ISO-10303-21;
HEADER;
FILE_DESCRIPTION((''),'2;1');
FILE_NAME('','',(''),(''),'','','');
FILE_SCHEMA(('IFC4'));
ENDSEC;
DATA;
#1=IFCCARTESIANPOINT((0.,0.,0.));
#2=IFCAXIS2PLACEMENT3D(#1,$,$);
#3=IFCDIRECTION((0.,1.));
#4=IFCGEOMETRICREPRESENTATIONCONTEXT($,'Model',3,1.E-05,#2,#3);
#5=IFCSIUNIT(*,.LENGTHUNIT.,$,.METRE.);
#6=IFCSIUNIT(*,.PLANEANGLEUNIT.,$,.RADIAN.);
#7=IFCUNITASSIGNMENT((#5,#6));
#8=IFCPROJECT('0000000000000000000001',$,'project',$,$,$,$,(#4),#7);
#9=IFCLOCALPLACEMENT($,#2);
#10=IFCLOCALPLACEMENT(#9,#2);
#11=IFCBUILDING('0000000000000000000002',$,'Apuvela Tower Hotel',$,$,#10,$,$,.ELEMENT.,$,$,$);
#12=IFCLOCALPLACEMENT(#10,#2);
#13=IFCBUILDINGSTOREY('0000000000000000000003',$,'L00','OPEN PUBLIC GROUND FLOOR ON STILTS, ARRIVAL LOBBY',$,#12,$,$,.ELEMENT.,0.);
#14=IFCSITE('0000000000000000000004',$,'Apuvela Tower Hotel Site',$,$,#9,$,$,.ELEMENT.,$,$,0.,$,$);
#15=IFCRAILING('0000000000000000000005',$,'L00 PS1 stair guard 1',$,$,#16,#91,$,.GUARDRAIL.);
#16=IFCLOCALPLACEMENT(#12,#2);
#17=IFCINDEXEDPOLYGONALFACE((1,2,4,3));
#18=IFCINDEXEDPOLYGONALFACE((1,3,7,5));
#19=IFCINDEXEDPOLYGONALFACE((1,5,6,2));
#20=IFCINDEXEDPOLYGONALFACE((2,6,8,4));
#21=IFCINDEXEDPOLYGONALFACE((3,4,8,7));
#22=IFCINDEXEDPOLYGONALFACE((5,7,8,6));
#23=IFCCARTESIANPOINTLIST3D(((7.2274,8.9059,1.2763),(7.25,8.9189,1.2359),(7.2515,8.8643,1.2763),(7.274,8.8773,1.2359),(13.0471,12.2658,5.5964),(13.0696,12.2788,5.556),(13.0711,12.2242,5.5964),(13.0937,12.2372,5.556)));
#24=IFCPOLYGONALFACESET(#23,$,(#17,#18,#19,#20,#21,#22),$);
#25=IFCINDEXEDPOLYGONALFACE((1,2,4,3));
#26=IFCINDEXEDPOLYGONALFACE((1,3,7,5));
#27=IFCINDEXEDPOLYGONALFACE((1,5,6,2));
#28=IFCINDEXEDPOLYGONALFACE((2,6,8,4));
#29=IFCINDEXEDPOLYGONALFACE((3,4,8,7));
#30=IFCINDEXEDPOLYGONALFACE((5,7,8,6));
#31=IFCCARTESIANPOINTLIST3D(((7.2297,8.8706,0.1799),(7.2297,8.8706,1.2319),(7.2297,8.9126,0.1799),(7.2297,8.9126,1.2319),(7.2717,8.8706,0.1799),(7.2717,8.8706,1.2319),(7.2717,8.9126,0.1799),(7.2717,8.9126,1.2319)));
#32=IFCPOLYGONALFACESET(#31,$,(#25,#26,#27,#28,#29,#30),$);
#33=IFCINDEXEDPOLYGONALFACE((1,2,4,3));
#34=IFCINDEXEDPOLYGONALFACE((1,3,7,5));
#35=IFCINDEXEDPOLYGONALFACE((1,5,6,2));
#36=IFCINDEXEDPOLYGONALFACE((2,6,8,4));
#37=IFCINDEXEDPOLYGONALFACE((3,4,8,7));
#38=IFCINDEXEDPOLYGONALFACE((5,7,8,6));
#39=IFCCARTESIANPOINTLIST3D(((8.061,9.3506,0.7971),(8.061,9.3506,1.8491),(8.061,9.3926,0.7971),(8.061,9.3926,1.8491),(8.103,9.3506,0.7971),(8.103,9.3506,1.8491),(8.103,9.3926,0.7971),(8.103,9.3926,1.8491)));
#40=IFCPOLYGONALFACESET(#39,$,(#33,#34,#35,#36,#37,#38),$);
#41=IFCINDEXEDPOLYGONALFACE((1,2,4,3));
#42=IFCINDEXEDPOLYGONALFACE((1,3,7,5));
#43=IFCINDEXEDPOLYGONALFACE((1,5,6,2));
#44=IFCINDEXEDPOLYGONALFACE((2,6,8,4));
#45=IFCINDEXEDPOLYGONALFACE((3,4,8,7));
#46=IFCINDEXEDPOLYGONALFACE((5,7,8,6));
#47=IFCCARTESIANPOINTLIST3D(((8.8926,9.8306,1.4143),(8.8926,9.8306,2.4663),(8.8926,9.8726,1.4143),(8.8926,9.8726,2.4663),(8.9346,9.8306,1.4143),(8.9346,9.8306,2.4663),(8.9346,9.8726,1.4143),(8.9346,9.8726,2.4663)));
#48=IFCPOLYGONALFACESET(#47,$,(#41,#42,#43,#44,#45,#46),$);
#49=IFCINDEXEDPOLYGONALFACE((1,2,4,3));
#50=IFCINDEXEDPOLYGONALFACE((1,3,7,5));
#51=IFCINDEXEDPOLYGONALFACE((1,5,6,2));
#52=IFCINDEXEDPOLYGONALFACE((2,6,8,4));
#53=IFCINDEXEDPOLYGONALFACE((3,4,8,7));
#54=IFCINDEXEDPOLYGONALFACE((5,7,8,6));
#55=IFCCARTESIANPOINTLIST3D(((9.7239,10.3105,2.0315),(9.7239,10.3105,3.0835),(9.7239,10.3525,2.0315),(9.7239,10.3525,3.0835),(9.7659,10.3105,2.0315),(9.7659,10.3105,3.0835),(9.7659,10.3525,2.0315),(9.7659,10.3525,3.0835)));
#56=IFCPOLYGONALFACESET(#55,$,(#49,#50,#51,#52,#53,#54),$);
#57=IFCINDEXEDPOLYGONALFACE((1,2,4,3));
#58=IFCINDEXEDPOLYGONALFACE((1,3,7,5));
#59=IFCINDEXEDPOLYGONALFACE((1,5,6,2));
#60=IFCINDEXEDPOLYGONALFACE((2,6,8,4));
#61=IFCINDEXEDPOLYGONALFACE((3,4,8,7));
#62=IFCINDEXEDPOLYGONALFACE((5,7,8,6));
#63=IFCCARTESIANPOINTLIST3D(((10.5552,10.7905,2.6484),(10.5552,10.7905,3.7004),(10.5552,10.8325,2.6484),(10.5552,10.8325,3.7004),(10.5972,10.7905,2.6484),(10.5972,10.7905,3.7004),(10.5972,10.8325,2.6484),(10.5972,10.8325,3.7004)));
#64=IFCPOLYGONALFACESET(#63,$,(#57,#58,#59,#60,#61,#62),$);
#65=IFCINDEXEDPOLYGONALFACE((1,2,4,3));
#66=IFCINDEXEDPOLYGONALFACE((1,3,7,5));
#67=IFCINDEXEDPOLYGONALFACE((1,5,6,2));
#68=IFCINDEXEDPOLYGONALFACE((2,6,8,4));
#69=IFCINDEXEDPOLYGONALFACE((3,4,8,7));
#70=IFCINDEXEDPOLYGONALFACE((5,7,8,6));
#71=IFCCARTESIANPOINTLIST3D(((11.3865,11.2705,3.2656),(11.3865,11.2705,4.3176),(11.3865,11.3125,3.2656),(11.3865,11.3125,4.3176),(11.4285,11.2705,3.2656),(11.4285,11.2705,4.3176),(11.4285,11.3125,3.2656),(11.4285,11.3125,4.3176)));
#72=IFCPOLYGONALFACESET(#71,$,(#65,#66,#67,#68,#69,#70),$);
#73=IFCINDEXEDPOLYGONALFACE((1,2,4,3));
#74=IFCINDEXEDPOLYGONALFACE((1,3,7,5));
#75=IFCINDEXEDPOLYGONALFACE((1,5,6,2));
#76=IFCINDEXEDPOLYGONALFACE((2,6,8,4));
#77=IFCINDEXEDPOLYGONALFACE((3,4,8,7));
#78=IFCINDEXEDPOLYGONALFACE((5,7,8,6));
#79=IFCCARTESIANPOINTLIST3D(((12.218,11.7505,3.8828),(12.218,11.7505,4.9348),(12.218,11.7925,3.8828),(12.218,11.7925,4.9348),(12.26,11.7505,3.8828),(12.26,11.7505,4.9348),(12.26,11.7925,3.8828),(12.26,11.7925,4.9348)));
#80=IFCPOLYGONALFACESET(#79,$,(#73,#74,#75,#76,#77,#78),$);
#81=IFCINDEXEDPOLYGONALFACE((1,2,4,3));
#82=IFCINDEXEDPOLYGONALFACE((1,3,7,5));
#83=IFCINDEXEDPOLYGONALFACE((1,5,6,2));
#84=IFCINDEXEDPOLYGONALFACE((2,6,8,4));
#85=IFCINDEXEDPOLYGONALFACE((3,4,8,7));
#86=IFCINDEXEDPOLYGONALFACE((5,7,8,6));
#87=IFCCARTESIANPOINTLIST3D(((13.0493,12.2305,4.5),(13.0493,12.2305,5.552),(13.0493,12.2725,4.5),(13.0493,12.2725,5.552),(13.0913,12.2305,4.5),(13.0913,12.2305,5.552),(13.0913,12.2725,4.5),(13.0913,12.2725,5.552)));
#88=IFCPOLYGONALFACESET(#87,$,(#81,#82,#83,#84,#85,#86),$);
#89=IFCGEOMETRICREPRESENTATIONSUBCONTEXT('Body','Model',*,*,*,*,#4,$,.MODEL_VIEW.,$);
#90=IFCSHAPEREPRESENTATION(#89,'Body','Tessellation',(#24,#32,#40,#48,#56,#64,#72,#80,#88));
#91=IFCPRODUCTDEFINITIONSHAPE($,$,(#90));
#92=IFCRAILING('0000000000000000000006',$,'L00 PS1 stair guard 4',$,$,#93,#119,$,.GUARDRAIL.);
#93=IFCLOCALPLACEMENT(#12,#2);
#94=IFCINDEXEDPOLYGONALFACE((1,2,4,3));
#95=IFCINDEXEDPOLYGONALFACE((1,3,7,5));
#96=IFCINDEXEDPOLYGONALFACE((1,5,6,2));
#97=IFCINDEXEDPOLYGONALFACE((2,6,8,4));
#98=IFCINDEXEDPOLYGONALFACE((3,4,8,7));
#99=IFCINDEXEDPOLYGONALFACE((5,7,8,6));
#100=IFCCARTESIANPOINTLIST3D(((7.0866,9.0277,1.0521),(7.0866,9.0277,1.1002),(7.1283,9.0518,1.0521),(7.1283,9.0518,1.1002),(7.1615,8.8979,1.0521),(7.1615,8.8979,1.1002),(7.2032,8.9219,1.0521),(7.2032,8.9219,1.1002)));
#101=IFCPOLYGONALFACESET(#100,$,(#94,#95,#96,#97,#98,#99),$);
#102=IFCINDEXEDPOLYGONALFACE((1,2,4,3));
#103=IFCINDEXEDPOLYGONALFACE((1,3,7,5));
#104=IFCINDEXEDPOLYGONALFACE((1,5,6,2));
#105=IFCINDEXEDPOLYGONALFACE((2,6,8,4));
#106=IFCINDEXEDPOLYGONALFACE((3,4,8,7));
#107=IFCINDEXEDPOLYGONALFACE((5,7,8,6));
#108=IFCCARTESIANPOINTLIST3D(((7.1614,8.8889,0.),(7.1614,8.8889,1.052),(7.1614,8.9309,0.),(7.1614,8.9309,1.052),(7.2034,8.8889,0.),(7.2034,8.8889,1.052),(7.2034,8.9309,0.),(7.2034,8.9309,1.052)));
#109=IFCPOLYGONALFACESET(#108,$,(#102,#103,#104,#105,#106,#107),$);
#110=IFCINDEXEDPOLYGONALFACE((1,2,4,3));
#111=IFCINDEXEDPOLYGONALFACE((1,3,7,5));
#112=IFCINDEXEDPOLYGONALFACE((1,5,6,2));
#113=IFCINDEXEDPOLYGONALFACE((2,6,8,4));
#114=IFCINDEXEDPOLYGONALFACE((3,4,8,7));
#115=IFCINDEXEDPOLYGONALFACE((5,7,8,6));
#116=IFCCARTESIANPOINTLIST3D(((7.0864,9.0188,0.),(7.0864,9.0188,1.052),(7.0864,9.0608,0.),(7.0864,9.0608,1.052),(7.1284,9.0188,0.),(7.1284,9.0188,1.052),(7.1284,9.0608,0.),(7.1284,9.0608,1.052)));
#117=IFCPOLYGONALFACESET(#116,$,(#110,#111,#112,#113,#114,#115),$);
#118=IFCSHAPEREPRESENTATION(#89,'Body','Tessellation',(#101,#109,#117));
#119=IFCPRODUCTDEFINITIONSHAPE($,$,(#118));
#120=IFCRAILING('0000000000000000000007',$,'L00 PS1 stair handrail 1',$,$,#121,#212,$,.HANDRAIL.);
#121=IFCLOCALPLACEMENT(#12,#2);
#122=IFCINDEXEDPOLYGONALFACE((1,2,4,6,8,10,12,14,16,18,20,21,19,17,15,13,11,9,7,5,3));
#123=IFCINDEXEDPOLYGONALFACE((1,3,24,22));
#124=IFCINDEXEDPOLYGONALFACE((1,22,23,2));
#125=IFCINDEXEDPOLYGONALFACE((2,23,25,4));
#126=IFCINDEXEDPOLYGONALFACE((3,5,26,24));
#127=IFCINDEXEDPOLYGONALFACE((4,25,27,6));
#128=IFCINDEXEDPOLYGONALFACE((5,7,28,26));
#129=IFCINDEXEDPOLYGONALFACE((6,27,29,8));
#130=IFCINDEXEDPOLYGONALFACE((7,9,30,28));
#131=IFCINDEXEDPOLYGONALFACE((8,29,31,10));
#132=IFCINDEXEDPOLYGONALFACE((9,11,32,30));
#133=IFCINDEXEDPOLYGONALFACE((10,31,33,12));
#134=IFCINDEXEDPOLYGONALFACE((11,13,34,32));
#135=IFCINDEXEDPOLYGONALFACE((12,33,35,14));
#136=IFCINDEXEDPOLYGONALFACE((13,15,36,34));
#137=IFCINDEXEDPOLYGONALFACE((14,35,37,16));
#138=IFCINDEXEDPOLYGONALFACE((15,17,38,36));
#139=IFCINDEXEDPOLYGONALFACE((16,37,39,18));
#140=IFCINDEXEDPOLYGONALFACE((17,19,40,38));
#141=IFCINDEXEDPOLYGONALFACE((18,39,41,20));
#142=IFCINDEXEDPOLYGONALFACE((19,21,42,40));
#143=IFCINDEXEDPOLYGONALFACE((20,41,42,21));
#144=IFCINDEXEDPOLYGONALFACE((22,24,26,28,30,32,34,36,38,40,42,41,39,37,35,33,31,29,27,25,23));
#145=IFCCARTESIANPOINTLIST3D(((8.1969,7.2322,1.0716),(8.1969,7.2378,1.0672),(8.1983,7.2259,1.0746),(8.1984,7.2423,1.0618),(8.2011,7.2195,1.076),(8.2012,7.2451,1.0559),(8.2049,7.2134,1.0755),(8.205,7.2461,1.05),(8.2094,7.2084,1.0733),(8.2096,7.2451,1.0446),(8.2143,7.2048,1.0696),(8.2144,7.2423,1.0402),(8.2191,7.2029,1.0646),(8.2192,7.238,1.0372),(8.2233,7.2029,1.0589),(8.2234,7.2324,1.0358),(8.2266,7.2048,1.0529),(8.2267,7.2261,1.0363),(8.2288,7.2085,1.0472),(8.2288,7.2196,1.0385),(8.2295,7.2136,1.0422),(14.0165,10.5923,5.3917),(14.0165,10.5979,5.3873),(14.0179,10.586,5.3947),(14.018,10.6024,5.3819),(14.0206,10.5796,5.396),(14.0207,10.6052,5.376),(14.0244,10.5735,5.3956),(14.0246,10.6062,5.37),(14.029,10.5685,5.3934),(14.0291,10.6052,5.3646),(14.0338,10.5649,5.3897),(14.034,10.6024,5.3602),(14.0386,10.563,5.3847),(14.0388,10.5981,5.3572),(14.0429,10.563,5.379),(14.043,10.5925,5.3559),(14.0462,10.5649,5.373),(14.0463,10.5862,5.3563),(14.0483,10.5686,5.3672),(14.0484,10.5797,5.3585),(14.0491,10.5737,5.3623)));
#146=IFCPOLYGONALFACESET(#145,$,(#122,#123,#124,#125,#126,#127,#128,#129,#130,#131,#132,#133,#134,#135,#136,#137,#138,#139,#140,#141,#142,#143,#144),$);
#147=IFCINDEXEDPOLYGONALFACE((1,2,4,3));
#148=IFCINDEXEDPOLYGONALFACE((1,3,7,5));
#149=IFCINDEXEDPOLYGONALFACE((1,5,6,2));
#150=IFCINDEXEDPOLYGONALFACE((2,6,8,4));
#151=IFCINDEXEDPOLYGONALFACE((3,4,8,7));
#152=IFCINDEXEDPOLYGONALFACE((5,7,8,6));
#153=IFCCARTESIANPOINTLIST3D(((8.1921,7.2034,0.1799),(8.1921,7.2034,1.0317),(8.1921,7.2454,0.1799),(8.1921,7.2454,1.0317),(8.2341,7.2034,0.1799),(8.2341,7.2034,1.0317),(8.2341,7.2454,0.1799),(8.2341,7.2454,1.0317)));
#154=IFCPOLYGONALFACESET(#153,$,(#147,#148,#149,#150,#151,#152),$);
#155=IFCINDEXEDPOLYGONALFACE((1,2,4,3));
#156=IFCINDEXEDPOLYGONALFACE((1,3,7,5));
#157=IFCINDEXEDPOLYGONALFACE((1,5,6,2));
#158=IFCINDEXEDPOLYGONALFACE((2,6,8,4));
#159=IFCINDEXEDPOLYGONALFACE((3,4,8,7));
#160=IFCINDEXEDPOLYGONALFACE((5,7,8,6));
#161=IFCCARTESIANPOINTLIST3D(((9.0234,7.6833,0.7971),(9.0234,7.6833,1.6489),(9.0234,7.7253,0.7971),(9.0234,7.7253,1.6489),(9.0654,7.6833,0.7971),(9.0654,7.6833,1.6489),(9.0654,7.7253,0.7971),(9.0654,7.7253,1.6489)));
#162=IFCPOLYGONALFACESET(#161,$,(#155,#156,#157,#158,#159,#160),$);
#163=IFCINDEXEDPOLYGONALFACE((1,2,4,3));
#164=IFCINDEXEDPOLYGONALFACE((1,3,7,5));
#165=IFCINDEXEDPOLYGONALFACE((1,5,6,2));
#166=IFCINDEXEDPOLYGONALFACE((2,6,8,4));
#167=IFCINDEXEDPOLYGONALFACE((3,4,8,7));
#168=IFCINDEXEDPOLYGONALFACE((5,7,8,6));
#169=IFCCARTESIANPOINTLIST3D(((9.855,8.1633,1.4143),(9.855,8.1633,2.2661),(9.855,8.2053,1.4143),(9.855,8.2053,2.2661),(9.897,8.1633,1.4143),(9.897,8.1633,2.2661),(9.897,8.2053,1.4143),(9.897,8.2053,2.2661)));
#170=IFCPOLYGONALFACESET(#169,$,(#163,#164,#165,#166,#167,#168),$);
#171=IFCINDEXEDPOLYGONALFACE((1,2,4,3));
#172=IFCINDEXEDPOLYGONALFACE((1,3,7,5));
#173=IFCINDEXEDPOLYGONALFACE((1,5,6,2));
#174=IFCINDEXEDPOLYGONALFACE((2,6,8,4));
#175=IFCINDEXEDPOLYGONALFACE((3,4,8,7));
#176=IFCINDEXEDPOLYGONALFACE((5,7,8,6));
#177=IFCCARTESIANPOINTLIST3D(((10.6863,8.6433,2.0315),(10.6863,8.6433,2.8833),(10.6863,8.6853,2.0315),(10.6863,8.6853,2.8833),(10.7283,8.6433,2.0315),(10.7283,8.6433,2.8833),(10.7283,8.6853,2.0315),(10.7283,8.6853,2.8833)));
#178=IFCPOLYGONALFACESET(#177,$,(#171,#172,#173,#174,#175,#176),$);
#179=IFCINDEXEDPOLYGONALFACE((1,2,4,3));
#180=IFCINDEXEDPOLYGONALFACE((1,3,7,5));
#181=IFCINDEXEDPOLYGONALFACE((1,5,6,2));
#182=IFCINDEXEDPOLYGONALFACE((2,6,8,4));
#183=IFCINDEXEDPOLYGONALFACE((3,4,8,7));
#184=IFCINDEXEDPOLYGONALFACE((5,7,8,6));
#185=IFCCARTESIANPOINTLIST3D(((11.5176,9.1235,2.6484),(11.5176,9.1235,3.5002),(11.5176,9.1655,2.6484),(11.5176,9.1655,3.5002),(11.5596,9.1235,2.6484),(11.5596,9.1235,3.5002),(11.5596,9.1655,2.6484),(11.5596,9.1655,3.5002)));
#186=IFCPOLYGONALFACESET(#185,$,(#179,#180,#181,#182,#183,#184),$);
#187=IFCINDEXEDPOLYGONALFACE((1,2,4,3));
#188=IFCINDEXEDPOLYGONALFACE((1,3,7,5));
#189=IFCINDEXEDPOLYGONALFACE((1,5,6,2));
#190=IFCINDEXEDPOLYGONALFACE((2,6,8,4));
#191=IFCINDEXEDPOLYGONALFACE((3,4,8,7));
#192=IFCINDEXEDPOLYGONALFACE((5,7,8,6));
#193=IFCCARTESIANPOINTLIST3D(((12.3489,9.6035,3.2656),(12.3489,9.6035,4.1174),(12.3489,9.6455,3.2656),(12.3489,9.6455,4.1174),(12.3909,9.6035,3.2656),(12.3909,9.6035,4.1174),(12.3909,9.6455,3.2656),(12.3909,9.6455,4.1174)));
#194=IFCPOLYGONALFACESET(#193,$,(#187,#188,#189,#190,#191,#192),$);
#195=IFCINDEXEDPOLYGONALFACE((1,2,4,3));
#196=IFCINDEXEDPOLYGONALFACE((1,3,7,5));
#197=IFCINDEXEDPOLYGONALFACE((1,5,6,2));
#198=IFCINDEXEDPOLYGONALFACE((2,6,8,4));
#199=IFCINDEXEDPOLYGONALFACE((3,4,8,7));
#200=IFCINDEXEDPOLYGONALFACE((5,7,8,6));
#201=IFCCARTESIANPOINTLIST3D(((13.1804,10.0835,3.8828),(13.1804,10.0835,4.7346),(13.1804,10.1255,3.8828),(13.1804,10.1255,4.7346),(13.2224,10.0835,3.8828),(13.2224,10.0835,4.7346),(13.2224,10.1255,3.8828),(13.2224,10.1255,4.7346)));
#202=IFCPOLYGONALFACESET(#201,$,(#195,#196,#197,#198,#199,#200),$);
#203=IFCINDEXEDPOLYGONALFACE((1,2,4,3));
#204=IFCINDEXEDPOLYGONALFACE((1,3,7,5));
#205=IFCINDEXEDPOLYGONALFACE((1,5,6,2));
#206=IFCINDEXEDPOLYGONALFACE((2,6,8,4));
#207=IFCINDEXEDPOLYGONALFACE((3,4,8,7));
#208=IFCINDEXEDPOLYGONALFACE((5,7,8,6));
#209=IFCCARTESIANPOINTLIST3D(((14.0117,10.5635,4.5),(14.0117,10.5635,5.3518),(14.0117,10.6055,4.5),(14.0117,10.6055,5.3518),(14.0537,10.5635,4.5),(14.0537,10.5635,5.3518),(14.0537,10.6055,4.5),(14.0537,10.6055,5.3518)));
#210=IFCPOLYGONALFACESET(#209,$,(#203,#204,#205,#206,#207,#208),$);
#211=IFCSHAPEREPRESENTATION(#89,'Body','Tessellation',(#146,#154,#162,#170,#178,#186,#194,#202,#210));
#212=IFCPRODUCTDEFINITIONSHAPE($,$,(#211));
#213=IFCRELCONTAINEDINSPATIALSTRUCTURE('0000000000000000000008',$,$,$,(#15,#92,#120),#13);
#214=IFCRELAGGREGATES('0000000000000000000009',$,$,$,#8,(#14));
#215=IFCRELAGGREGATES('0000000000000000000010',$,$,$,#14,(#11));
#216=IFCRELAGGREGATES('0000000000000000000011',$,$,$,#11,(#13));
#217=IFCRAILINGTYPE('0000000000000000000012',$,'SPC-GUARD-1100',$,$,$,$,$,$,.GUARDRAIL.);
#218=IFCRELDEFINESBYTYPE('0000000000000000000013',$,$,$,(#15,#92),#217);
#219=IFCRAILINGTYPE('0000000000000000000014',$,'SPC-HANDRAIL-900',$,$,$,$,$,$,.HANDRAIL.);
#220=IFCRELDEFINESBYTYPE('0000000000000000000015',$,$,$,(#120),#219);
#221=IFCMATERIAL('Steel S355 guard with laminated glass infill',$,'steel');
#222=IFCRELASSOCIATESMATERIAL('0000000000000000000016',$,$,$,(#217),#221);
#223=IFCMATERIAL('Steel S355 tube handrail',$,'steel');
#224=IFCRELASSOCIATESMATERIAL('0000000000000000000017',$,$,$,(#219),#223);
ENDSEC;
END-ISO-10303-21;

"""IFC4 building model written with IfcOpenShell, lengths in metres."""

from ifc_helpers import new_model, si_unit, direction, frame, origin, origin_2d, place, context, subcontext, project, spatial, rectangle, circle, extrude, material, type_object, element, save


model = new_model("IFC4")

# Units and contexts
model_context = context("Model", 3, precision=1e-05, world=origin(), true_north=direction((0.0, 1.0)))
body_context = subcontext(model_context, "Body", "Model", "MODEL_VIEW")
ifc_project = project(units=[si_unit("LENGTHUNIT", "METRE"), si_unit("PLANEANGLEUNIT", "RADIAN")], contexts=[model_context])

# Site, building, storey
site_placement = place(None, origin())
site = spatial("IfcSite", under=ifc_project, at=site_placement, Name="Apuvela Tower Hotel Site", CompositionType="ELEMENT", RefElevation=0.0)
building_placement = place(site_placement, origin())
building = spatial("IfcBuilding", under=site, at=building_placement, Name="Apuvela Tower Hotel", CompositionType="ELEMENT")
storey_placement = place(building_placement, origin())
storey = spatial("IfcBuildingStorey", under=building, at=storey_placement, Name="L00", Description="OPEN PUBLIC GROUND FLOOR ON STILTS, ARRIVAL LOBBY", CompositionType="ELEMENT", Elevation=0.0)

# Railings
ifc_material_1 = material(Name="Steel S355 guard with laminated glass infill", Category="steel")
railing_type_1 = type_object("IfcRailingType", Name="SPC-GUARD-1100", PredefinedType="GUARDRAIL", material=ifc_material_1)
railing_1_placement = place(storey_placement, frame((7.2507, 8.8916, 0.1799)))
element("IfcRailing", 1, at=railing_1_placement, inside=storey, type_object=railing_type_1, Name="L00 PS1 stair guard 1", PredefinedType="GUARDRAIL", context=body_context, shape_type="SweptSolid", body=[
    extrude(rectangle(XDim=0.0481, YDim=0.0481, at=origin_2d()), frame((0.0, 0.0, 1.0762), z_axis=(0.728477, 0.420577, 0.540773), x_axis=(-0.499992, 0.86603, 0.0)), (0.0, 0.0, 1.0), 7.9888),
    extrude(rectangle(XDim=0.042, YDim=0.042, at=origin_2d()), origin(), (0.0, 0.0, 1.0), 1.052),
    extrude(rectangle(XDim=0.042, YDim=0.042, at=origin_2d()), frame((0.8313, 0.48, 0.6172)), (0.0, 0.0, 1.0), 1.052),
    extrude(rectangle(XDim=0.042, YDim=0.042, at=origin_2d()), frame((1.6628, 0.96, 1.2344)), (0.0, 0.0, 1.0), 1.052),
    extrude(rectangle(XDim=0.042, YDim=0.042, at=origin_2d()), frame((2.4941, 1.4399, 1.8516)), (0.0, 0.0, 1.0), 1.052),
    extrude(rectangle(XDim=0.042, YDim=0.042, at=origin_2d()), frame((3.3254, 1.9199, 2.4685)), (0.0, 0.0, 1.0), 1.052),
    extrude(rectangle(XDim=0.042, YDim=0.042, at=origin_2d()), frame((4.1567, 2.3999, 3.0857)), (0.0, 0.0, 1.0), 1.052),
    extrude(rectangle(XDim=0.042, YDim=0.042, at=origin_2d()), frame((4.9883, 2.8799, 3.7029)), (0.0, 0.0, 1.0), 1.052),
    extrude(rectangle(XDim=0.042, YDim=0.042, at=origin_2d()), frame((5.8196, 3.3599, 4.3201)), (0.0, 0.0, 1.0), 1.052),
])
railing_2_placement = place(storey_placement, frame((7.1824, 8.9099, 0.0)))
element("IfcRailing", 2, at=railing_2_placement, inside=storey, type_object=railing_type_1, Name="L00 PS1 stair guard 4", PredefinedType="GUARDRAIL", context=body_context, shape_type="SweptSolid", body=[
    extrude(rectangle(XDim=0.0481, YDim=0.0481, at=origin_2d()), frame((0.0, 0.0, 1.0762), z_axis=(-0.499816, 0.866131, 0.0), x_axis=(-0.866131, -0.499816, 0.0)), (0.0, 0.0, 1.0), 0.1499),
    extrude(rectangle(XDim=0.042, YDim=0.042, at=origin_2d()), origin(), (0.0, 0.0, 1.0), 1.052),
    extrude(rectangle(XDim=0.042, YDim=0.042, at=origin_2d()), frame((-0.075, 0.1299, 0.0)), (0.0, 0.0, 1.0), 1.052),
])
ifc_material_2 = material(Name="Steel S355 tube handrail", Category="steel")
railing_type_2 = type_object("IfcRailingType", Name="SPC-HANDRAIL-900", PredefinedType="HANDRAIL", material=ifc_material_2)
railing_3_placement = place(storey_placement, frame((8.2131, 7.2244, 0.1799)))
element("IfcRailing", 3, at=railing_3_placement, inside=storey, type_object=railing_type_2, Name="L00 PS1 stair handrail 1", PredefinedType="HANDRAIL", context=body_context, shape_type="SweptSolid", body=[
    extrude(circle(Radius=0.0239, at=origin_2d()), frame((0.0, 0.0, 0.876), z_axis=(0.728468, 0.420603, 0.540766), x_axis=(-0.500019, 0.866014, 0.0)), (0.0, 0.0, 1.0), 7.9888),
    extrude(rectangle(XDim=0.042, YDim=0.042, at=origin_2d()), origin(), (0.0, 0.0, 1.0), 0.8518),
    extrude(rectangle(XDim=0.042, YDim=0.042, at=origin_2d()), frame((0.8313, 0.48, 0.6172)), (0.0, 0.0, 1.0), 0.8518),
    extrude(rectangle(XDim=0.042, YDim=0.042, at=origin_2d()), frame((1.6628, 0.96, 1.2344)), (0.0, 0.0, 1.0), 0.8518),
    extrude(rectangle(XDim=0.042, YDim=0.042, at=origin_2d()), frame((2.4941, 1.4399, 1.8516)), (0.0, 0.0, 1.0), 0.8518),
    extrude(rectangle(XDim=0.042, YDim=0.042, at=origin_2d()), frame((3.3254, 1.9202, 2.4685)), (0.0, 0.0, 1.0), 0.8518),
    extrude(rectangle(XDim=0.042, YDim=0.042, at=origin_2d()), frame((4.1567, 2.4001, 3.0857)), (0.0, 0.0, 1.0), 0.8518),
    extrude(rectangle(XDim=0.042, YDim=0.042, at=origin_2d()), frame((4.9883, 2.8801, 3.7029)), (0.0, 0.0, 1.0), 0.8518),
    extrude(rectangle(XDim=0.042, YDim=0.042, at=origin_2d()), frame((5.8196, 3.3601, 4.3201)), (0.0, 0.0, 1.0), 0.8518),
])

save(model, "model.ifc")
